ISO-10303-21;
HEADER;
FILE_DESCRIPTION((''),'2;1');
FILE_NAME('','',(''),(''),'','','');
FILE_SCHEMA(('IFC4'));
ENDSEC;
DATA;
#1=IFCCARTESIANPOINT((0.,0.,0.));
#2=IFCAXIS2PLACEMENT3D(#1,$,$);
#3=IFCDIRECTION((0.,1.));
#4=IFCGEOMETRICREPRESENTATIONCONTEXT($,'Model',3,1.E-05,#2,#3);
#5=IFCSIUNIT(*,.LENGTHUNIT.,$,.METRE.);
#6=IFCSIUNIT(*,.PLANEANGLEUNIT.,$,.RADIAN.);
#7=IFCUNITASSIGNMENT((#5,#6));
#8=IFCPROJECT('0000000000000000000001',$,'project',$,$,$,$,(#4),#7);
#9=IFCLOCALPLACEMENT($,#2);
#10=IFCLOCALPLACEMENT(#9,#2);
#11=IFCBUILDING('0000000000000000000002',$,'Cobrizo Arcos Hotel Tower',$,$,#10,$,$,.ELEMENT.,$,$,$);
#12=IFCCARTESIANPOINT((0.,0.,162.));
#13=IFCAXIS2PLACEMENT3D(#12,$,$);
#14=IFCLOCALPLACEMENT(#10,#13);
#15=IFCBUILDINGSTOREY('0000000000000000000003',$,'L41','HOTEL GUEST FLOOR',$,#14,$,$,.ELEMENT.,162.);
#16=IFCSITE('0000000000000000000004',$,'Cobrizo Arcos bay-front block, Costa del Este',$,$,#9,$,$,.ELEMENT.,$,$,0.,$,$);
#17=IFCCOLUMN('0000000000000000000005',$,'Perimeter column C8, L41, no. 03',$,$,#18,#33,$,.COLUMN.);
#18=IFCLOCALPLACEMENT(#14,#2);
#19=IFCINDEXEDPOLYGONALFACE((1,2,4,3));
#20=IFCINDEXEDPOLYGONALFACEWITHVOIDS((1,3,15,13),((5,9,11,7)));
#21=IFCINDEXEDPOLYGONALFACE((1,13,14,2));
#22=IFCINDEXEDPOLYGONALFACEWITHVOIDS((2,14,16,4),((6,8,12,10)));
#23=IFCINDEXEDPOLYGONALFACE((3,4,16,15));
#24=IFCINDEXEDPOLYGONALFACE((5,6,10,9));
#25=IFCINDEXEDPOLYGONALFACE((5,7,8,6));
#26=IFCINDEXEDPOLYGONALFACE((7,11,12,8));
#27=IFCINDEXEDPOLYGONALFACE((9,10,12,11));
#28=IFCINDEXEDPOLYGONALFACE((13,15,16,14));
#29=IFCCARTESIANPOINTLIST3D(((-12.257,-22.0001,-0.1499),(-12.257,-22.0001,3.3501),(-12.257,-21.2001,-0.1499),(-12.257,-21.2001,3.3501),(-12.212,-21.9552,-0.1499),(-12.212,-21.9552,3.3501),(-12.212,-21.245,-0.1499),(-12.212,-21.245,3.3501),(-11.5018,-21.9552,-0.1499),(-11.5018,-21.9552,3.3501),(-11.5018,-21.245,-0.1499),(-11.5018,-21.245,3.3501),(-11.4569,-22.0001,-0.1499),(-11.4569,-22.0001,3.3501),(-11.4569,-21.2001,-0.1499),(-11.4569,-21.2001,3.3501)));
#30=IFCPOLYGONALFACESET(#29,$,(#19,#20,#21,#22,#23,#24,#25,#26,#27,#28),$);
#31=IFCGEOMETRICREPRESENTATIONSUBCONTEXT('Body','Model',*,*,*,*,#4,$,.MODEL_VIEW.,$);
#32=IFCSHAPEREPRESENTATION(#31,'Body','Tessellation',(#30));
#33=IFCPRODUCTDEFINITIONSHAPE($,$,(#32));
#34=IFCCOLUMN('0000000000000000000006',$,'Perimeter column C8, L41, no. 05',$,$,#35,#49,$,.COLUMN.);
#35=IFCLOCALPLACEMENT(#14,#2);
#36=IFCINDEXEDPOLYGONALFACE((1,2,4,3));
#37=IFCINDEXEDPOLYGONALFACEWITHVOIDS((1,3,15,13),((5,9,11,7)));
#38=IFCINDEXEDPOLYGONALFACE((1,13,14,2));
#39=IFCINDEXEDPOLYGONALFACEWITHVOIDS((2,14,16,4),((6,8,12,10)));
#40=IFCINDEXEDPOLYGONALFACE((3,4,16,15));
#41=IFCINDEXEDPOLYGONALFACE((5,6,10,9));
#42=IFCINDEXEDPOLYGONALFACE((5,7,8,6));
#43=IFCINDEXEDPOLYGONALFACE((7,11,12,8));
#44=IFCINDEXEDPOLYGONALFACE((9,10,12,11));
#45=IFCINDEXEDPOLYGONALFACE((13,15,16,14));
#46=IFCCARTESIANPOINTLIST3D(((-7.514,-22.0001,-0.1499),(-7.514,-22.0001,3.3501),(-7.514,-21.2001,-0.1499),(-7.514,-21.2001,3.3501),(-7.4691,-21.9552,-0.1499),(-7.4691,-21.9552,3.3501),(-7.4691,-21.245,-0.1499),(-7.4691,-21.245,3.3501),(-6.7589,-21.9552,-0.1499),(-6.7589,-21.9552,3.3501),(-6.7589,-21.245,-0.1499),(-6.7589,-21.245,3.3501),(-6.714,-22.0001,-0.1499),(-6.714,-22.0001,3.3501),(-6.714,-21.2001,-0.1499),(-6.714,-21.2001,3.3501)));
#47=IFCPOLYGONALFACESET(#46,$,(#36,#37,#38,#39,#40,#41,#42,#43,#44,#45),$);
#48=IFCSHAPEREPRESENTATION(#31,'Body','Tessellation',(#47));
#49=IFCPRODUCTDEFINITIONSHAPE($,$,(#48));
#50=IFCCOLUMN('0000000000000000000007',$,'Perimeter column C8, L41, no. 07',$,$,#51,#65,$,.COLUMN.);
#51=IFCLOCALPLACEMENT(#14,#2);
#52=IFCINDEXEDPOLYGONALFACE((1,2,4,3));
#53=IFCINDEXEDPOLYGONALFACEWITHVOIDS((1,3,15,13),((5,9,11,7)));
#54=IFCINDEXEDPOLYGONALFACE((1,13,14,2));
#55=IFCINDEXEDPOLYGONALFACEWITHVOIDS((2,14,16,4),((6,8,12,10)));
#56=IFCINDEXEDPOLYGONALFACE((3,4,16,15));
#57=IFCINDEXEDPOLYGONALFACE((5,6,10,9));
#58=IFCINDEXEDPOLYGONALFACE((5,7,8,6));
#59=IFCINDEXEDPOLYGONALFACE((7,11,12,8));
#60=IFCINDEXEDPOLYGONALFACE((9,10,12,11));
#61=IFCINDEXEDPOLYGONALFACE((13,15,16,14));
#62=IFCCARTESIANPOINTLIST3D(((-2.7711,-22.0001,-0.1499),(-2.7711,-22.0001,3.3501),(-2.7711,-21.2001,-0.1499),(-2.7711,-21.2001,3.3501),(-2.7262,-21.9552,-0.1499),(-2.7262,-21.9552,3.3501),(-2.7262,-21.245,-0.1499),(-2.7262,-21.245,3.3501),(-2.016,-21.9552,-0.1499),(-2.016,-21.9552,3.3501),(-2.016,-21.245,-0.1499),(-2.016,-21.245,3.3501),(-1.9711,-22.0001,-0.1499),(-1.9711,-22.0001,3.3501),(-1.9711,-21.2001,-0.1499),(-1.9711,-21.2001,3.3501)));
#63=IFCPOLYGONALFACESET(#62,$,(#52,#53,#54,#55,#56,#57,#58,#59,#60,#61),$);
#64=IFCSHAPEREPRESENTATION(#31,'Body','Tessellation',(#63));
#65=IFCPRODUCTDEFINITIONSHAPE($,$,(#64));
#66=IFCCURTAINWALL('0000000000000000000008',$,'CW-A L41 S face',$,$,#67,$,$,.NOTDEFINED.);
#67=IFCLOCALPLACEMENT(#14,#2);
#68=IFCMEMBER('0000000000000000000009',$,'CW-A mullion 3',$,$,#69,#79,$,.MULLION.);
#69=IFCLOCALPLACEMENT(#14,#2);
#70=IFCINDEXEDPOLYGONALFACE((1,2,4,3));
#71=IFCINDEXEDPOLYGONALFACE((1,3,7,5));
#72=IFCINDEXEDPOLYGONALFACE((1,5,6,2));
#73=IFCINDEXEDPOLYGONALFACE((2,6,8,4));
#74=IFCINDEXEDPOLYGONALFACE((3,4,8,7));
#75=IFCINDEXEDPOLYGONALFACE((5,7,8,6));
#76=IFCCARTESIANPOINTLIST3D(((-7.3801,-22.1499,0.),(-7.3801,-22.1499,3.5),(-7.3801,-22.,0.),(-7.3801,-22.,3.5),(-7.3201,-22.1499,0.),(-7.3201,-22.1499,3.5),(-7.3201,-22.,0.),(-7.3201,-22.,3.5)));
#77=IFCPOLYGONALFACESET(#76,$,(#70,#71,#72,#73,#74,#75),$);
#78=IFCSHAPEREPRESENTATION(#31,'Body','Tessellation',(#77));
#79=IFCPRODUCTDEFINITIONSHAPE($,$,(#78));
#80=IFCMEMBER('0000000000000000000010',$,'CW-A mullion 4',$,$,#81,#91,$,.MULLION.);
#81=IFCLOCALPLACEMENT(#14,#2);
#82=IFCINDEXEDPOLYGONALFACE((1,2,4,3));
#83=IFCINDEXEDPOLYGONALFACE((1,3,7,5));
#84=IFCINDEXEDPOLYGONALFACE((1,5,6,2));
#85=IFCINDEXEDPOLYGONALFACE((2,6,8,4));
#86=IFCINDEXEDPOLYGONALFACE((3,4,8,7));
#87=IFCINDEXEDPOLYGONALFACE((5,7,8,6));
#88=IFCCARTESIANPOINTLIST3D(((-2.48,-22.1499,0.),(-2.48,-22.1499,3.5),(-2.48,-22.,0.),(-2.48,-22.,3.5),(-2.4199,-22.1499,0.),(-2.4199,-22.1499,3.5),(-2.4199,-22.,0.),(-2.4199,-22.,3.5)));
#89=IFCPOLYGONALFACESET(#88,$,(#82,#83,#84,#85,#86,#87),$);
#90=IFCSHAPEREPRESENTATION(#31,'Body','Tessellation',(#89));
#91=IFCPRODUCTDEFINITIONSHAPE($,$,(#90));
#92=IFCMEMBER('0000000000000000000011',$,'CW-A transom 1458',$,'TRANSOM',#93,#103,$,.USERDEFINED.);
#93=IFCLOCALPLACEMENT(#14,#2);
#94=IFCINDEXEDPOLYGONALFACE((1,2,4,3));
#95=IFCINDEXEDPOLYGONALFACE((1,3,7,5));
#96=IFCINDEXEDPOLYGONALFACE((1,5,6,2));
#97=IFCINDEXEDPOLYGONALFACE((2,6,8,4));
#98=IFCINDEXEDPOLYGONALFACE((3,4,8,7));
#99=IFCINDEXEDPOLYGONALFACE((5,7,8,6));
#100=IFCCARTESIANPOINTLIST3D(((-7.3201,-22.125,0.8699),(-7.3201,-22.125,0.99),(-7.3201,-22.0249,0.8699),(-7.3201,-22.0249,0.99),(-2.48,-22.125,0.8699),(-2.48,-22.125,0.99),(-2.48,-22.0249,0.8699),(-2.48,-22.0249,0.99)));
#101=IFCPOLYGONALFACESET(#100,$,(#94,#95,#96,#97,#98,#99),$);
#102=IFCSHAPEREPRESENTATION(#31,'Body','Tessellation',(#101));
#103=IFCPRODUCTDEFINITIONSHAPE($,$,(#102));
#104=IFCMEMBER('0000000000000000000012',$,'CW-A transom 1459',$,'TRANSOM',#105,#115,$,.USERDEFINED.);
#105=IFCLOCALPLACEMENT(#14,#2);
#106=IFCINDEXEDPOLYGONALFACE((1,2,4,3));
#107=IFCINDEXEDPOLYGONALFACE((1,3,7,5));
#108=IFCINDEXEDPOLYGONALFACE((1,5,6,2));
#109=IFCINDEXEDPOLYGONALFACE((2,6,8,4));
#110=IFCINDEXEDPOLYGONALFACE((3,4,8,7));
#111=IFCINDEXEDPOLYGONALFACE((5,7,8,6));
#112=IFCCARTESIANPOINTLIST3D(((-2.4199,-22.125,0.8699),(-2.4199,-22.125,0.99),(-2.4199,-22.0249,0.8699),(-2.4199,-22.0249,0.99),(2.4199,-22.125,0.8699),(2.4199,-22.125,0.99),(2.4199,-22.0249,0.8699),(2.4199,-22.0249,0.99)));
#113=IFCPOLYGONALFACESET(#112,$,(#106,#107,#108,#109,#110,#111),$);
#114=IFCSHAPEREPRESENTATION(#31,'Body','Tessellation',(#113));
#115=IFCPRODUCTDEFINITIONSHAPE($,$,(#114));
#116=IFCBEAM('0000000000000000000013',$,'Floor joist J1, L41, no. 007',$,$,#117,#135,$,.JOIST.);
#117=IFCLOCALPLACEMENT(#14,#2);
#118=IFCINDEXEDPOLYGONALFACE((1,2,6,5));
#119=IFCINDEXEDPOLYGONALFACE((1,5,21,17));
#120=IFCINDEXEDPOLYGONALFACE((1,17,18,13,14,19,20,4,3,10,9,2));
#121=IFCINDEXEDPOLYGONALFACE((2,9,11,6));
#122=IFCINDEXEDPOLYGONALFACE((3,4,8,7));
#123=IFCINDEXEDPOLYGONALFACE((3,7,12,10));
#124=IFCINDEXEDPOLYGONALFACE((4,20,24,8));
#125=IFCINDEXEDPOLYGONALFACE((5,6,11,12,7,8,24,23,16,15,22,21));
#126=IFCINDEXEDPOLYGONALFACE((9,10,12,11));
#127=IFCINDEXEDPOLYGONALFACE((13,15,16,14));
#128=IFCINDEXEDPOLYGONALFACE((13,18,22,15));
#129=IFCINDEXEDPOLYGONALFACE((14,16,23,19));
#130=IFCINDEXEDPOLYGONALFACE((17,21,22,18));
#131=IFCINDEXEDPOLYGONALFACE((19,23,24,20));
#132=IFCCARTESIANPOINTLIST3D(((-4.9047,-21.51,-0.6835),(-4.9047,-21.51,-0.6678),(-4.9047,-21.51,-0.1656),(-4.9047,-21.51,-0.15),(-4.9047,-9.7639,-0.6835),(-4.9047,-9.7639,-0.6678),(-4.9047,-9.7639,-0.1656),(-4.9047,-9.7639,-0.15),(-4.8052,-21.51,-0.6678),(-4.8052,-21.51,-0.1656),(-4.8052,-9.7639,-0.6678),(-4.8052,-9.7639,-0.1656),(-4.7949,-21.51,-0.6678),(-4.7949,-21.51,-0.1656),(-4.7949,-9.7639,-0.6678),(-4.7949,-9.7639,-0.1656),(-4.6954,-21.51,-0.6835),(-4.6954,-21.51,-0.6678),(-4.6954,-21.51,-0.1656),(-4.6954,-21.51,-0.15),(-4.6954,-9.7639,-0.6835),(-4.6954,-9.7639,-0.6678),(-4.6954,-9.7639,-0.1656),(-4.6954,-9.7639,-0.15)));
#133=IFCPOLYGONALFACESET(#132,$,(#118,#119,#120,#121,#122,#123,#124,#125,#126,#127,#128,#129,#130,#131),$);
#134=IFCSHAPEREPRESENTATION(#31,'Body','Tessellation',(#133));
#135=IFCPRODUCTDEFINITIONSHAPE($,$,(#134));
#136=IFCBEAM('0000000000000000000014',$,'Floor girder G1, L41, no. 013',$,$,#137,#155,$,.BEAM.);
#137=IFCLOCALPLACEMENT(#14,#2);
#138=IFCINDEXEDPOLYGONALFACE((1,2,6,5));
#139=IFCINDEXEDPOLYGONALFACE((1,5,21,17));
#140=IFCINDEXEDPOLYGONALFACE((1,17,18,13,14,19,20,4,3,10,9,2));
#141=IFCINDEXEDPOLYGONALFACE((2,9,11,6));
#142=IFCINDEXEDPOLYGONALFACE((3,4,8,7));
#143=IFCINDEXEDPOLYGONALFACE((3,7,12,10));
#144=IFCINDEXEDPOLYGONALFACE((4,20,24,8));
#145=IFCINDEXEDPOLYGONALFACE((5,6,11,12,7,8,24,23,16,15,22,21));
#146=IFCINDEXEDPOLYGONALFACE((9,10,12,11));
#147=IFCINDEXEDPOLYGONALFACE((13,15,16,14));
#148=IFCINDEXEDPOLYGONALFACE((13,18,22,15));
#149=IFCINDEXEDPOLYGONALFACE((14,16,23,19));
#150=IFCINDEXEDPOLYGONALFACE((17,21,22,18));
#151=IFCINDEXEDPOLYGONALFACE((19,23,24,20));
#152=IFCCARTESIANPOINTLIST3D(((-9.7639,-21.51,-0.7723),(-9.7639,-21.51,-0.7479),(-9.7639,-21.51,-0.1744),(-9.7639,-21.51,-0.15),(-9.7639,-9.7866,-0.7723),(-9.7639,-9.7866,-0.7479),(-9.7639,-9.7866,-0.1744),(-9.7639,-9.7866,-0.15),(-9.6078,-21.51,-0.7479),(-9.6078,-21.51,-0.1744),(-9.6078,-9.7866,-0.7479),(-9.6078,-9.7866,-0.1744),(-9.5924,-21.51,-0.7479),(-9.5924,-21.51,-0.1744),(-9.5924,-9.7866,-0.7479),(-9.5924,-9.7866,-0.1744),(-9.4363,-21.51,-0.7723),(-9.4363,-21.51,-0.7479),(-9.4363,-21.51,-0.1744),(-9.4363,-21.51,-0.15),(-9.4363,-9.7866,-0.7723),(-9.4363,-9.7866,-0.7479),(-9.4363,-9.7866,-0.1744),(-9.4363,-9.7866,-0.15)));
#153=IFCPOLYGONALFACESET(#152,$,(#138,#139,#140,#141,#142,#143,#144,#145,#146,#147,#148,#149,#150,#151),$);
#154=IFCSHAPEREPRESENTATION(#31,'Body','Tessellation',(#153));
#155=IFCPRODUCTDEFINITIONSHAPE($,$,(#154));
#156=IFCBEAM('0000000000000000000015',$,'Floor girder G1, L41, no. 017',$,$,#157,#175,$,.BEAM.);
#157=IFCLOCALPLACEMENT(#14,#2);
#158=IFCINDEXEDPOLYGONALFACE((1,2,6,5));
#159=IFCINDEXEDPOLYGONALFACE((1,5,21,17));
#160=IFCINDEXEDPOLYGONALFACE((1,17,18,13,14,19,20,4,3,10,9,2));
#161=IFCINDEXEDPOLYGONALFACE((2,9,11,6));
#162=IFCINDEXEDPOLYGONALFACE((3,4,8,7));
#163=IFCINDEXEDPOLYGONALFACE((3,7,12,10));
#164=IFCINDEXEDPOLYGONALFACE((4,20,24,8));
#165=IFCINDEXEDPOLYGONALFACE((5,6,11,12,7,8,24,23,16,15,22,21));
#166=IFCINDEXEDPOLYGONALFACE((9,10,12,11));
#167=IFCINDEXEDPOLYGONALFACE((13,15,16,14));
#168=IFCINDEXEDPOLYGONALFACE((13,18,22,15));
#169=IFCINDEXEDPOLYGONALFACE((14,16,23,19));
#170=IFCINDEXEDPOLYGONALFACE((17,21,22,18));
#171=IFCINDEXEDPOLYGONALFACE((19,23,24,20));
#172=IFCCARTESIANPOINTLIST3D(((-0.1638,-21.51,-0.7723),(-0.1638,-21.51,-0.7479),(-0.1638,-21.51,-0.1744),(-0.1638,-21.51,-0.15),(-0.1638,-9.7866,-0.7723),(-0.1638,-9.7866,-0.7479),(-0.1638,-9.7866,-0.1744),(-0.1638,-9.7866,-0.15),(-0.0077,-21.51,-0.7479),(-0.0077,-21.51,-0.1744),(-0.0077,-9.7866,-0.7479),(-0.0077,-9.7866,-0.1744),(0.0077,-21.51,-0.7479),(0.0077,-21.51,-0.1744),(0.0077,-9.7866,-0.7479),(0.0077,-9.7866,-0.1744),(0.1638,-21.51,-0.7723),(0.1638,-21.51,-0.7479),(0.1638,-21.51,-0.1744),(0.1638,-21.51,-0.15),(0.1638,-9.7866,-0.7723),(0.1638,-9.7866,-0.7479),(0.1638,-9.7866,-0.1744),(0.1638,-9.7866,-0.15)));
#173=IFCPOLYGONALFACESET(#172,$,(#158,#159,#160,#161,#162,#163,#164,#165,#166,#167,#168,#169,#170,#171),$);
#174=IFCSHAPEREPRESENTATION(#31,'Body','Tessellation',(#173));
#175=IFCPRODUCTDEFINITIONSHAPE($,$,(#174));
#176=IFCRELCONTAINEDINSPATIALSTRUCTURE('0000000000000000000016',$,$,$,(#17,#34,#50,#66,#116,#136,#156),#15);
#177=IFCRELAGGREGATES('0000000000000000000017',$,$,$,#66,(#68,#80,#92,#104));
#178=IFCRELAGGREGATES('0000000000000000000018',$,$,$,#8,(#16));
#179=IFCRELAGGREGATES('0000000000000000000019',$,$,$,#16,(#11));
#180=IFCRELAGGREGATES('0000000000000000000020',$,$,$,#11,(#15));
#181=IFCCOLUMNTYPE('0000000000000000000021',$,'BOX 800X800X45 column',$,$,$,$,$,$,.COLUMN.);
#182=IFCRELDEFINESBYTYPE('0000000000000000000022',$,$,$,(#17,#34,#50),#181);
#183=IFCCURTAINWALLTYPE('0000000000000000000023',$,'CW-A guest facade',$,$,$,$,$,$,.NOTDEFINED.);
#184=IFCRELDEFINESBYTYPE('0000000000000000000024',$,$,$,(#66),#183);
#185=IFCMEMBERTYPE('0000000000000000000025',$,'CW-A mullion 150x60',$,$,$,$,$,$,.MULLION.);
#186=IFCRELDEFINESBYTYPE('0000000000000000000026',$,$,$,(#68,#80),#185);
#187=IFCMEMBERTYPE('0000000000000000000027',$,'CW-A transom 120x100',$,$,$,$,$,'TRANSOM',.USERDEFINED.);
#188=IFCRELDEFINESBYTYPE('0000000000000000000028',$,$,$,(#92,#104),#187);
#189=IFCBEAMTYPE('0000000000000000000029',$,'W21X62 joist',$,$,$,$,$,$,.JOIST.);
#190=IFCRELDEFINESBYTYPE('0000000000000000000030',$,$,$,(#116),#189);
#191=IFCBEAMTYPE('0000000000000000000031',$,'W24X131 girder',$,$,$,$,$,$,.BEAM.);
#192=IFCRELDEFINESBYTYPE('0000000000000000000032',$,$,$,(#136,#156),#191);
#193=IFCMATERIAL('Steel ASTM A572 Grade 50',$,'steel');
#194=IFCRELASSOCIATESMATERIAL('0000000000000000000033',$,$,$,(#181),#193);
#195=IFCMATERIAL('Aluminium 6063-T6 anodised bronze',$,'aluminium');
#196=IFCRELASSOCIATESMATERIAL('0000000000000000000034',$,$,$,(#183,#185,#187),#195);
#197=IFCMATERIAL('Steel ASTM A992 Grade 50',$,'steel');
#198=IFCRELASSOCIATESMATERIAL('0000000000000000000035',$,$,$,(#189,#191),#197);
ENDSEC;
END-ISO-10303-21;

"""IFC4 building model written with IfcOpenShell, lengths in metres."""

from ifc_helpers import new_model, si_unit, direction, frame, origin, origin_2d, place, context, subcontext, project, spatial, rectangle, hollow_rectangle, i_section, extrude, material, material_profile, profile_set, type_object, element, aggregate, save


model = new_model("IFC4")

# Units and contexts
model_context = context("Model", 3, precision=1e-05, world=origin(), true_north=direction((0.0, 1.0)))
body_context = subcontext(model_context, "Body", "Model", "MODEL_VIEW")
ifc_project = project(units=[si_unit("LENGTHUNIT", "METRE"), si_unit("PLANEANGLEUNIT", "RADIAN")], contexts=[model_context])

# Site, building, storey
site_placement = place(None, origin())
site = spatial("IfcSite", under=ifc_project, at=site_placement, Name="Cobrizo Arcos bay-front block, Costa del Este", CompositionType="ELEMENT", RefElevation=0.0)
building_placement = place(site_placement, origin())
building = spatial("IfcBuilding", under=site, at=building_placement, Name="Cobrizo Arcos Hotel Tower", CompositionType="ELEMENT")
storey_placement = place(building_placement, frame((0.0, 0.0, 162.0)))
storey = spatial("IfcBuildingStorey", under=building, at=storey_placement, Name="L41", Description="HOTEL GUEST FLOOR", CompositionType="ELEMENT", Elevation=162.0)

# Columns
ifc_material_1 = material(Name="Steel ASTM A572 Grade 50", Category="steel")
ifc_material_profile_1 = material_profile(ifc_material_1, hollow_rectangle(XDim=0.8, YDim=0.8, WallThickness=0.0449, at=origin_2d()), Name="BOX 800X800X45")
ifc_profile_set_1 = profile_set([ifc_material_profile_1], Name="Steel ASTM A572 Grade 50")
column_type = type_object("IfcColumnType", Name="BOX 800X800X45 column", PredefinedType="COLUMN", material=ifc_profile_set_1)
for number, where, z_axis, x_axis, name in (
    (1, (-11.8569, -21.6001, -0.1499), (0.0, 0.0, 1.0), (1.0, 0.0, 0.0), "Perimeter column C8, L41, no. 03"),
    (2, (-7.114, -21.6001, -0.1499), (0.0, 0.0, 1.0), (1.0, 0.0, 0.0), "Perimeter column C8, L41, no. 05"),
    (3, (-2.3711, -21.6001, -0.1499), (0.0, 0.0, 1.0), (1.0, 0.0, 0.0), "Perimeter column C8, L41, no. 07"),
):
    element("IfcColumn", number, at=place(storey_placement, frame(where, z_axis=z_axis, x_axis=x_axis)), inside=storey, type_object=column_type, Name=name, PredefinedType="COLUMN", context=body_context, shape_type="SweptSolid", body=[
        extrude(hollow_rectangle(XDim=0.8, YDim=0.8, WallThickness=0.0449, at=origin_2d()), origin(), (0.0, 0.0, 1.0), 3.5),
    ])

# Curtain wall, members
ifc_material_2 = material(Name="Aluminium 6063-T6 anodised bronze", Category="aluminium")
curtain_wall_type = type_object("IfcCurtainWallType", Name="CW-A guest facade", PredefinedType="NOTDEFINED", material=ifc_material_2)
curtain_wall_placement = place(storey_placement, origin())
curtain_wall = element("IfcCurtainWall", 4, at=curtain_wall_placement, inside=storey, type_object=curtain_wall_type, Name="CW-A L41 S face", PredefinedType="NOTDEFINED")
ifc_material_profile_2 = material_profile(ifc_material_2, rectangle(XDim=0.1499, YDim=0.0601, at=origin_2d()), Name="CW-A mullion 150x60")
ifc_profile_set_2 = profile_set([ifc_material_profile_2], Name="Aluminium 6063-T6 anodised bronze")
member_type_1 = type_object("IfcMemberType", Name="CW-A mullion 150x60", PredefinedType="MULLION", material=ifc_profile_set_2)
member_1_placement = place(storey_placement, frame((-7.3501, -22.075, 0.0), z_axis=(0.0, 0.0, 1.0), x_axis=(0.0, -1.0, 0.0)))
member_1 = element("IfcMember", 5, at=member_1_placement, type_object=member_type_1, Name="CW-A mullion 3", PredefinedType="MULLION", context=body_context, shape_type="SweptSolid", body=[
    extrude(rectangle(XDim=0.1499, YDim=0.0601, at=origin_2d()), origin(), (0.0, 0.0, 1.0), 3.5),
])
member_2_placement = place(storey_placement, frame((-2.45, -22.075, 0.0), z_axis=(0.0, 0.0, 1.0), x_axis=(0.0, -1.0, 0.0)))
member_2 = element("IfcMember", 6, at=member_2_placement, type_object=member_type_1, Name="CW-A mullion 4", PredefinedType="MULLION", context=body_context, shape_type="SweptSolid", body=[
    extrude(rectangle(XDim=0.1499, YDim=0.0601, at=origin_2d()), origin(), (0.0, 0.0, 1.0), 3.5),
])
ifc_material_profile_3 = material_profile(ifc_material_2, rectangle(XDim=0.1001, YDim=0.1201, at=origin_2d()), Name="CW-A transom 120x100")
ifc_profile_set_3 = profile_set([ifc_material_profile_3], Name="Aluminium 6063-T6 anodised bronze")
member_type_2 = type_object("IfcMemberType", Name="CW-A transom 120x100", ElementType="TRANSOM", PredefinedType="USERDEFINED", material=ifc_profile_set_3)
member_3_placement = place(storey_placement, frame((-7.3201, -22.075, 0.9299), z_axis=(1.0, 0.0, 0.0), x_axis=(0.0, 1.0, 0.0)))
member_3 = element("IfcMember", 7, at=member_3_placement, type_object=member_type_2, Name="CW-A transom 1458", ObjectType="TRANSOM", PredefinedType="USERDEFINED", context=body_context, shape_type="SweptSolid", body=[
    extrude(rectangle(XDim=0.1001, YDim=0.1201, at=origin_2d()), origin(), (0.0, 0.0, 1.0), 4.8401),
])
member_4_placement = place(storey_placement, frame((-2.4199, -22.075, 0.9299), z_axis=(1.0, 0.0, 0.0), x_axis=(0.0, 1.0, 0.0)))
member_4 = element("IfcMember", 8, at=member_4_placement, type_object=member_type_2, Name="CW-A transom 1459", ObjectType="TRANSOM", PredefinedType="USERDEFINED", context=body_context, shape_type="SweptSolid", body=[
    extrude(rectangle(XDim=0.1001, YDim=0.1201, at=origin_2d()), origin(), (0.0, 0.0, 1.0), 4.8398),
])

# Beams
ifc_material_3 = material(Name="Steel ASTM A992 Grade 50", Category="steel")
ifc_material_profile_4 = material_profile(ifc_material_3, i_section(OverallWidth=0.2092, OverallDepth=0.5334, WebThickness=0.0103, FlangeThickness=0.0156, at=origin_2d()), Name="W21X62")
ifc_profile_set_4 = profile_set([ifc_material_profile_4], Name="Steel ASTM A992 Grade 50")
beam_type_1 = type_object("IfcBeamType", Name="W21X62 joist", PredefinedType="JOIST", material=ifc_profile_set_4)
beam_1_placement = place(storey_placement, frame((-4.8, -21.51, -0.4167), z_axis=(0.0, 1.0, 0.0), x_axis=(-1.0, 0.0, 0.0)))
element("IfcBeam", 9, at=beam_1_placement, inside=storey, type_object=beam_type_1, Name="Floor joist J1, L41, no. 007", PredefinedType="JOIST", context=body_context, shape_type="SweptSolid", body=[
    extrude(i_section(OverallWidth=0.2092, OverallDepth=0.5334, WebThickness=0.0103, FlangeThickness=0.0156, at=origin_2d()), origin(), (0.0, 0.0, 1.0), 11.7461),
])
ifc_material_profile_5 = material_profile(ifc_material_3, i_section(OverallWidth=0.3276, OverallDepth=0.6223, WebThickness=0.0154, FlangeThickness=0.0244, at=origin_2d()), Name="W24X131")
ifc_profile_set_5 = profile_set([ifc_material_profile_5], Name="Steel ASTM A992 Grade 50")
beam_type_2 = type_object("IfcBeamType", Name="W24X131 girder", PredefinedType="BEAM", material=ifc_profile_set_5)
for number, where, z_axis, x_axis, name in (
    (10, (-9.6001, -21.51, -0.4612), (0.0, 1.0, 0.0), (-1.0, 0.0, 0.0), "Floor girder G1, L41, no. 013"),
    (11, (0.0, -21.51, -0.4612), (0.0, 1.0, 0.0), (-1.0, 0.0, 0.0), "Floor girder G1, L41, no. 017"),
):
    element("IfcBeam", number, at=place(storey_placement, frame(where, z_axis=z_axis, x_axis=x_axis)), inside=storey, type_object=beam_type_2, Name=name, PredefinedType="BEAM", context=body_context, shape_type="SweptSolid", body=[
        extrude(i_section(OverallWidth=0.3276, OverallDepth=0.6223, WebThickness=0.0154, FlangeThickness=0.0244, at=origin_2d()), origin(), (0.0, 0.0, 1.0), 11.7234),
    ])

aggregate(curtain_wall, [member_1, member_2, member_3, member_4])

save(model, "model.ifc")
